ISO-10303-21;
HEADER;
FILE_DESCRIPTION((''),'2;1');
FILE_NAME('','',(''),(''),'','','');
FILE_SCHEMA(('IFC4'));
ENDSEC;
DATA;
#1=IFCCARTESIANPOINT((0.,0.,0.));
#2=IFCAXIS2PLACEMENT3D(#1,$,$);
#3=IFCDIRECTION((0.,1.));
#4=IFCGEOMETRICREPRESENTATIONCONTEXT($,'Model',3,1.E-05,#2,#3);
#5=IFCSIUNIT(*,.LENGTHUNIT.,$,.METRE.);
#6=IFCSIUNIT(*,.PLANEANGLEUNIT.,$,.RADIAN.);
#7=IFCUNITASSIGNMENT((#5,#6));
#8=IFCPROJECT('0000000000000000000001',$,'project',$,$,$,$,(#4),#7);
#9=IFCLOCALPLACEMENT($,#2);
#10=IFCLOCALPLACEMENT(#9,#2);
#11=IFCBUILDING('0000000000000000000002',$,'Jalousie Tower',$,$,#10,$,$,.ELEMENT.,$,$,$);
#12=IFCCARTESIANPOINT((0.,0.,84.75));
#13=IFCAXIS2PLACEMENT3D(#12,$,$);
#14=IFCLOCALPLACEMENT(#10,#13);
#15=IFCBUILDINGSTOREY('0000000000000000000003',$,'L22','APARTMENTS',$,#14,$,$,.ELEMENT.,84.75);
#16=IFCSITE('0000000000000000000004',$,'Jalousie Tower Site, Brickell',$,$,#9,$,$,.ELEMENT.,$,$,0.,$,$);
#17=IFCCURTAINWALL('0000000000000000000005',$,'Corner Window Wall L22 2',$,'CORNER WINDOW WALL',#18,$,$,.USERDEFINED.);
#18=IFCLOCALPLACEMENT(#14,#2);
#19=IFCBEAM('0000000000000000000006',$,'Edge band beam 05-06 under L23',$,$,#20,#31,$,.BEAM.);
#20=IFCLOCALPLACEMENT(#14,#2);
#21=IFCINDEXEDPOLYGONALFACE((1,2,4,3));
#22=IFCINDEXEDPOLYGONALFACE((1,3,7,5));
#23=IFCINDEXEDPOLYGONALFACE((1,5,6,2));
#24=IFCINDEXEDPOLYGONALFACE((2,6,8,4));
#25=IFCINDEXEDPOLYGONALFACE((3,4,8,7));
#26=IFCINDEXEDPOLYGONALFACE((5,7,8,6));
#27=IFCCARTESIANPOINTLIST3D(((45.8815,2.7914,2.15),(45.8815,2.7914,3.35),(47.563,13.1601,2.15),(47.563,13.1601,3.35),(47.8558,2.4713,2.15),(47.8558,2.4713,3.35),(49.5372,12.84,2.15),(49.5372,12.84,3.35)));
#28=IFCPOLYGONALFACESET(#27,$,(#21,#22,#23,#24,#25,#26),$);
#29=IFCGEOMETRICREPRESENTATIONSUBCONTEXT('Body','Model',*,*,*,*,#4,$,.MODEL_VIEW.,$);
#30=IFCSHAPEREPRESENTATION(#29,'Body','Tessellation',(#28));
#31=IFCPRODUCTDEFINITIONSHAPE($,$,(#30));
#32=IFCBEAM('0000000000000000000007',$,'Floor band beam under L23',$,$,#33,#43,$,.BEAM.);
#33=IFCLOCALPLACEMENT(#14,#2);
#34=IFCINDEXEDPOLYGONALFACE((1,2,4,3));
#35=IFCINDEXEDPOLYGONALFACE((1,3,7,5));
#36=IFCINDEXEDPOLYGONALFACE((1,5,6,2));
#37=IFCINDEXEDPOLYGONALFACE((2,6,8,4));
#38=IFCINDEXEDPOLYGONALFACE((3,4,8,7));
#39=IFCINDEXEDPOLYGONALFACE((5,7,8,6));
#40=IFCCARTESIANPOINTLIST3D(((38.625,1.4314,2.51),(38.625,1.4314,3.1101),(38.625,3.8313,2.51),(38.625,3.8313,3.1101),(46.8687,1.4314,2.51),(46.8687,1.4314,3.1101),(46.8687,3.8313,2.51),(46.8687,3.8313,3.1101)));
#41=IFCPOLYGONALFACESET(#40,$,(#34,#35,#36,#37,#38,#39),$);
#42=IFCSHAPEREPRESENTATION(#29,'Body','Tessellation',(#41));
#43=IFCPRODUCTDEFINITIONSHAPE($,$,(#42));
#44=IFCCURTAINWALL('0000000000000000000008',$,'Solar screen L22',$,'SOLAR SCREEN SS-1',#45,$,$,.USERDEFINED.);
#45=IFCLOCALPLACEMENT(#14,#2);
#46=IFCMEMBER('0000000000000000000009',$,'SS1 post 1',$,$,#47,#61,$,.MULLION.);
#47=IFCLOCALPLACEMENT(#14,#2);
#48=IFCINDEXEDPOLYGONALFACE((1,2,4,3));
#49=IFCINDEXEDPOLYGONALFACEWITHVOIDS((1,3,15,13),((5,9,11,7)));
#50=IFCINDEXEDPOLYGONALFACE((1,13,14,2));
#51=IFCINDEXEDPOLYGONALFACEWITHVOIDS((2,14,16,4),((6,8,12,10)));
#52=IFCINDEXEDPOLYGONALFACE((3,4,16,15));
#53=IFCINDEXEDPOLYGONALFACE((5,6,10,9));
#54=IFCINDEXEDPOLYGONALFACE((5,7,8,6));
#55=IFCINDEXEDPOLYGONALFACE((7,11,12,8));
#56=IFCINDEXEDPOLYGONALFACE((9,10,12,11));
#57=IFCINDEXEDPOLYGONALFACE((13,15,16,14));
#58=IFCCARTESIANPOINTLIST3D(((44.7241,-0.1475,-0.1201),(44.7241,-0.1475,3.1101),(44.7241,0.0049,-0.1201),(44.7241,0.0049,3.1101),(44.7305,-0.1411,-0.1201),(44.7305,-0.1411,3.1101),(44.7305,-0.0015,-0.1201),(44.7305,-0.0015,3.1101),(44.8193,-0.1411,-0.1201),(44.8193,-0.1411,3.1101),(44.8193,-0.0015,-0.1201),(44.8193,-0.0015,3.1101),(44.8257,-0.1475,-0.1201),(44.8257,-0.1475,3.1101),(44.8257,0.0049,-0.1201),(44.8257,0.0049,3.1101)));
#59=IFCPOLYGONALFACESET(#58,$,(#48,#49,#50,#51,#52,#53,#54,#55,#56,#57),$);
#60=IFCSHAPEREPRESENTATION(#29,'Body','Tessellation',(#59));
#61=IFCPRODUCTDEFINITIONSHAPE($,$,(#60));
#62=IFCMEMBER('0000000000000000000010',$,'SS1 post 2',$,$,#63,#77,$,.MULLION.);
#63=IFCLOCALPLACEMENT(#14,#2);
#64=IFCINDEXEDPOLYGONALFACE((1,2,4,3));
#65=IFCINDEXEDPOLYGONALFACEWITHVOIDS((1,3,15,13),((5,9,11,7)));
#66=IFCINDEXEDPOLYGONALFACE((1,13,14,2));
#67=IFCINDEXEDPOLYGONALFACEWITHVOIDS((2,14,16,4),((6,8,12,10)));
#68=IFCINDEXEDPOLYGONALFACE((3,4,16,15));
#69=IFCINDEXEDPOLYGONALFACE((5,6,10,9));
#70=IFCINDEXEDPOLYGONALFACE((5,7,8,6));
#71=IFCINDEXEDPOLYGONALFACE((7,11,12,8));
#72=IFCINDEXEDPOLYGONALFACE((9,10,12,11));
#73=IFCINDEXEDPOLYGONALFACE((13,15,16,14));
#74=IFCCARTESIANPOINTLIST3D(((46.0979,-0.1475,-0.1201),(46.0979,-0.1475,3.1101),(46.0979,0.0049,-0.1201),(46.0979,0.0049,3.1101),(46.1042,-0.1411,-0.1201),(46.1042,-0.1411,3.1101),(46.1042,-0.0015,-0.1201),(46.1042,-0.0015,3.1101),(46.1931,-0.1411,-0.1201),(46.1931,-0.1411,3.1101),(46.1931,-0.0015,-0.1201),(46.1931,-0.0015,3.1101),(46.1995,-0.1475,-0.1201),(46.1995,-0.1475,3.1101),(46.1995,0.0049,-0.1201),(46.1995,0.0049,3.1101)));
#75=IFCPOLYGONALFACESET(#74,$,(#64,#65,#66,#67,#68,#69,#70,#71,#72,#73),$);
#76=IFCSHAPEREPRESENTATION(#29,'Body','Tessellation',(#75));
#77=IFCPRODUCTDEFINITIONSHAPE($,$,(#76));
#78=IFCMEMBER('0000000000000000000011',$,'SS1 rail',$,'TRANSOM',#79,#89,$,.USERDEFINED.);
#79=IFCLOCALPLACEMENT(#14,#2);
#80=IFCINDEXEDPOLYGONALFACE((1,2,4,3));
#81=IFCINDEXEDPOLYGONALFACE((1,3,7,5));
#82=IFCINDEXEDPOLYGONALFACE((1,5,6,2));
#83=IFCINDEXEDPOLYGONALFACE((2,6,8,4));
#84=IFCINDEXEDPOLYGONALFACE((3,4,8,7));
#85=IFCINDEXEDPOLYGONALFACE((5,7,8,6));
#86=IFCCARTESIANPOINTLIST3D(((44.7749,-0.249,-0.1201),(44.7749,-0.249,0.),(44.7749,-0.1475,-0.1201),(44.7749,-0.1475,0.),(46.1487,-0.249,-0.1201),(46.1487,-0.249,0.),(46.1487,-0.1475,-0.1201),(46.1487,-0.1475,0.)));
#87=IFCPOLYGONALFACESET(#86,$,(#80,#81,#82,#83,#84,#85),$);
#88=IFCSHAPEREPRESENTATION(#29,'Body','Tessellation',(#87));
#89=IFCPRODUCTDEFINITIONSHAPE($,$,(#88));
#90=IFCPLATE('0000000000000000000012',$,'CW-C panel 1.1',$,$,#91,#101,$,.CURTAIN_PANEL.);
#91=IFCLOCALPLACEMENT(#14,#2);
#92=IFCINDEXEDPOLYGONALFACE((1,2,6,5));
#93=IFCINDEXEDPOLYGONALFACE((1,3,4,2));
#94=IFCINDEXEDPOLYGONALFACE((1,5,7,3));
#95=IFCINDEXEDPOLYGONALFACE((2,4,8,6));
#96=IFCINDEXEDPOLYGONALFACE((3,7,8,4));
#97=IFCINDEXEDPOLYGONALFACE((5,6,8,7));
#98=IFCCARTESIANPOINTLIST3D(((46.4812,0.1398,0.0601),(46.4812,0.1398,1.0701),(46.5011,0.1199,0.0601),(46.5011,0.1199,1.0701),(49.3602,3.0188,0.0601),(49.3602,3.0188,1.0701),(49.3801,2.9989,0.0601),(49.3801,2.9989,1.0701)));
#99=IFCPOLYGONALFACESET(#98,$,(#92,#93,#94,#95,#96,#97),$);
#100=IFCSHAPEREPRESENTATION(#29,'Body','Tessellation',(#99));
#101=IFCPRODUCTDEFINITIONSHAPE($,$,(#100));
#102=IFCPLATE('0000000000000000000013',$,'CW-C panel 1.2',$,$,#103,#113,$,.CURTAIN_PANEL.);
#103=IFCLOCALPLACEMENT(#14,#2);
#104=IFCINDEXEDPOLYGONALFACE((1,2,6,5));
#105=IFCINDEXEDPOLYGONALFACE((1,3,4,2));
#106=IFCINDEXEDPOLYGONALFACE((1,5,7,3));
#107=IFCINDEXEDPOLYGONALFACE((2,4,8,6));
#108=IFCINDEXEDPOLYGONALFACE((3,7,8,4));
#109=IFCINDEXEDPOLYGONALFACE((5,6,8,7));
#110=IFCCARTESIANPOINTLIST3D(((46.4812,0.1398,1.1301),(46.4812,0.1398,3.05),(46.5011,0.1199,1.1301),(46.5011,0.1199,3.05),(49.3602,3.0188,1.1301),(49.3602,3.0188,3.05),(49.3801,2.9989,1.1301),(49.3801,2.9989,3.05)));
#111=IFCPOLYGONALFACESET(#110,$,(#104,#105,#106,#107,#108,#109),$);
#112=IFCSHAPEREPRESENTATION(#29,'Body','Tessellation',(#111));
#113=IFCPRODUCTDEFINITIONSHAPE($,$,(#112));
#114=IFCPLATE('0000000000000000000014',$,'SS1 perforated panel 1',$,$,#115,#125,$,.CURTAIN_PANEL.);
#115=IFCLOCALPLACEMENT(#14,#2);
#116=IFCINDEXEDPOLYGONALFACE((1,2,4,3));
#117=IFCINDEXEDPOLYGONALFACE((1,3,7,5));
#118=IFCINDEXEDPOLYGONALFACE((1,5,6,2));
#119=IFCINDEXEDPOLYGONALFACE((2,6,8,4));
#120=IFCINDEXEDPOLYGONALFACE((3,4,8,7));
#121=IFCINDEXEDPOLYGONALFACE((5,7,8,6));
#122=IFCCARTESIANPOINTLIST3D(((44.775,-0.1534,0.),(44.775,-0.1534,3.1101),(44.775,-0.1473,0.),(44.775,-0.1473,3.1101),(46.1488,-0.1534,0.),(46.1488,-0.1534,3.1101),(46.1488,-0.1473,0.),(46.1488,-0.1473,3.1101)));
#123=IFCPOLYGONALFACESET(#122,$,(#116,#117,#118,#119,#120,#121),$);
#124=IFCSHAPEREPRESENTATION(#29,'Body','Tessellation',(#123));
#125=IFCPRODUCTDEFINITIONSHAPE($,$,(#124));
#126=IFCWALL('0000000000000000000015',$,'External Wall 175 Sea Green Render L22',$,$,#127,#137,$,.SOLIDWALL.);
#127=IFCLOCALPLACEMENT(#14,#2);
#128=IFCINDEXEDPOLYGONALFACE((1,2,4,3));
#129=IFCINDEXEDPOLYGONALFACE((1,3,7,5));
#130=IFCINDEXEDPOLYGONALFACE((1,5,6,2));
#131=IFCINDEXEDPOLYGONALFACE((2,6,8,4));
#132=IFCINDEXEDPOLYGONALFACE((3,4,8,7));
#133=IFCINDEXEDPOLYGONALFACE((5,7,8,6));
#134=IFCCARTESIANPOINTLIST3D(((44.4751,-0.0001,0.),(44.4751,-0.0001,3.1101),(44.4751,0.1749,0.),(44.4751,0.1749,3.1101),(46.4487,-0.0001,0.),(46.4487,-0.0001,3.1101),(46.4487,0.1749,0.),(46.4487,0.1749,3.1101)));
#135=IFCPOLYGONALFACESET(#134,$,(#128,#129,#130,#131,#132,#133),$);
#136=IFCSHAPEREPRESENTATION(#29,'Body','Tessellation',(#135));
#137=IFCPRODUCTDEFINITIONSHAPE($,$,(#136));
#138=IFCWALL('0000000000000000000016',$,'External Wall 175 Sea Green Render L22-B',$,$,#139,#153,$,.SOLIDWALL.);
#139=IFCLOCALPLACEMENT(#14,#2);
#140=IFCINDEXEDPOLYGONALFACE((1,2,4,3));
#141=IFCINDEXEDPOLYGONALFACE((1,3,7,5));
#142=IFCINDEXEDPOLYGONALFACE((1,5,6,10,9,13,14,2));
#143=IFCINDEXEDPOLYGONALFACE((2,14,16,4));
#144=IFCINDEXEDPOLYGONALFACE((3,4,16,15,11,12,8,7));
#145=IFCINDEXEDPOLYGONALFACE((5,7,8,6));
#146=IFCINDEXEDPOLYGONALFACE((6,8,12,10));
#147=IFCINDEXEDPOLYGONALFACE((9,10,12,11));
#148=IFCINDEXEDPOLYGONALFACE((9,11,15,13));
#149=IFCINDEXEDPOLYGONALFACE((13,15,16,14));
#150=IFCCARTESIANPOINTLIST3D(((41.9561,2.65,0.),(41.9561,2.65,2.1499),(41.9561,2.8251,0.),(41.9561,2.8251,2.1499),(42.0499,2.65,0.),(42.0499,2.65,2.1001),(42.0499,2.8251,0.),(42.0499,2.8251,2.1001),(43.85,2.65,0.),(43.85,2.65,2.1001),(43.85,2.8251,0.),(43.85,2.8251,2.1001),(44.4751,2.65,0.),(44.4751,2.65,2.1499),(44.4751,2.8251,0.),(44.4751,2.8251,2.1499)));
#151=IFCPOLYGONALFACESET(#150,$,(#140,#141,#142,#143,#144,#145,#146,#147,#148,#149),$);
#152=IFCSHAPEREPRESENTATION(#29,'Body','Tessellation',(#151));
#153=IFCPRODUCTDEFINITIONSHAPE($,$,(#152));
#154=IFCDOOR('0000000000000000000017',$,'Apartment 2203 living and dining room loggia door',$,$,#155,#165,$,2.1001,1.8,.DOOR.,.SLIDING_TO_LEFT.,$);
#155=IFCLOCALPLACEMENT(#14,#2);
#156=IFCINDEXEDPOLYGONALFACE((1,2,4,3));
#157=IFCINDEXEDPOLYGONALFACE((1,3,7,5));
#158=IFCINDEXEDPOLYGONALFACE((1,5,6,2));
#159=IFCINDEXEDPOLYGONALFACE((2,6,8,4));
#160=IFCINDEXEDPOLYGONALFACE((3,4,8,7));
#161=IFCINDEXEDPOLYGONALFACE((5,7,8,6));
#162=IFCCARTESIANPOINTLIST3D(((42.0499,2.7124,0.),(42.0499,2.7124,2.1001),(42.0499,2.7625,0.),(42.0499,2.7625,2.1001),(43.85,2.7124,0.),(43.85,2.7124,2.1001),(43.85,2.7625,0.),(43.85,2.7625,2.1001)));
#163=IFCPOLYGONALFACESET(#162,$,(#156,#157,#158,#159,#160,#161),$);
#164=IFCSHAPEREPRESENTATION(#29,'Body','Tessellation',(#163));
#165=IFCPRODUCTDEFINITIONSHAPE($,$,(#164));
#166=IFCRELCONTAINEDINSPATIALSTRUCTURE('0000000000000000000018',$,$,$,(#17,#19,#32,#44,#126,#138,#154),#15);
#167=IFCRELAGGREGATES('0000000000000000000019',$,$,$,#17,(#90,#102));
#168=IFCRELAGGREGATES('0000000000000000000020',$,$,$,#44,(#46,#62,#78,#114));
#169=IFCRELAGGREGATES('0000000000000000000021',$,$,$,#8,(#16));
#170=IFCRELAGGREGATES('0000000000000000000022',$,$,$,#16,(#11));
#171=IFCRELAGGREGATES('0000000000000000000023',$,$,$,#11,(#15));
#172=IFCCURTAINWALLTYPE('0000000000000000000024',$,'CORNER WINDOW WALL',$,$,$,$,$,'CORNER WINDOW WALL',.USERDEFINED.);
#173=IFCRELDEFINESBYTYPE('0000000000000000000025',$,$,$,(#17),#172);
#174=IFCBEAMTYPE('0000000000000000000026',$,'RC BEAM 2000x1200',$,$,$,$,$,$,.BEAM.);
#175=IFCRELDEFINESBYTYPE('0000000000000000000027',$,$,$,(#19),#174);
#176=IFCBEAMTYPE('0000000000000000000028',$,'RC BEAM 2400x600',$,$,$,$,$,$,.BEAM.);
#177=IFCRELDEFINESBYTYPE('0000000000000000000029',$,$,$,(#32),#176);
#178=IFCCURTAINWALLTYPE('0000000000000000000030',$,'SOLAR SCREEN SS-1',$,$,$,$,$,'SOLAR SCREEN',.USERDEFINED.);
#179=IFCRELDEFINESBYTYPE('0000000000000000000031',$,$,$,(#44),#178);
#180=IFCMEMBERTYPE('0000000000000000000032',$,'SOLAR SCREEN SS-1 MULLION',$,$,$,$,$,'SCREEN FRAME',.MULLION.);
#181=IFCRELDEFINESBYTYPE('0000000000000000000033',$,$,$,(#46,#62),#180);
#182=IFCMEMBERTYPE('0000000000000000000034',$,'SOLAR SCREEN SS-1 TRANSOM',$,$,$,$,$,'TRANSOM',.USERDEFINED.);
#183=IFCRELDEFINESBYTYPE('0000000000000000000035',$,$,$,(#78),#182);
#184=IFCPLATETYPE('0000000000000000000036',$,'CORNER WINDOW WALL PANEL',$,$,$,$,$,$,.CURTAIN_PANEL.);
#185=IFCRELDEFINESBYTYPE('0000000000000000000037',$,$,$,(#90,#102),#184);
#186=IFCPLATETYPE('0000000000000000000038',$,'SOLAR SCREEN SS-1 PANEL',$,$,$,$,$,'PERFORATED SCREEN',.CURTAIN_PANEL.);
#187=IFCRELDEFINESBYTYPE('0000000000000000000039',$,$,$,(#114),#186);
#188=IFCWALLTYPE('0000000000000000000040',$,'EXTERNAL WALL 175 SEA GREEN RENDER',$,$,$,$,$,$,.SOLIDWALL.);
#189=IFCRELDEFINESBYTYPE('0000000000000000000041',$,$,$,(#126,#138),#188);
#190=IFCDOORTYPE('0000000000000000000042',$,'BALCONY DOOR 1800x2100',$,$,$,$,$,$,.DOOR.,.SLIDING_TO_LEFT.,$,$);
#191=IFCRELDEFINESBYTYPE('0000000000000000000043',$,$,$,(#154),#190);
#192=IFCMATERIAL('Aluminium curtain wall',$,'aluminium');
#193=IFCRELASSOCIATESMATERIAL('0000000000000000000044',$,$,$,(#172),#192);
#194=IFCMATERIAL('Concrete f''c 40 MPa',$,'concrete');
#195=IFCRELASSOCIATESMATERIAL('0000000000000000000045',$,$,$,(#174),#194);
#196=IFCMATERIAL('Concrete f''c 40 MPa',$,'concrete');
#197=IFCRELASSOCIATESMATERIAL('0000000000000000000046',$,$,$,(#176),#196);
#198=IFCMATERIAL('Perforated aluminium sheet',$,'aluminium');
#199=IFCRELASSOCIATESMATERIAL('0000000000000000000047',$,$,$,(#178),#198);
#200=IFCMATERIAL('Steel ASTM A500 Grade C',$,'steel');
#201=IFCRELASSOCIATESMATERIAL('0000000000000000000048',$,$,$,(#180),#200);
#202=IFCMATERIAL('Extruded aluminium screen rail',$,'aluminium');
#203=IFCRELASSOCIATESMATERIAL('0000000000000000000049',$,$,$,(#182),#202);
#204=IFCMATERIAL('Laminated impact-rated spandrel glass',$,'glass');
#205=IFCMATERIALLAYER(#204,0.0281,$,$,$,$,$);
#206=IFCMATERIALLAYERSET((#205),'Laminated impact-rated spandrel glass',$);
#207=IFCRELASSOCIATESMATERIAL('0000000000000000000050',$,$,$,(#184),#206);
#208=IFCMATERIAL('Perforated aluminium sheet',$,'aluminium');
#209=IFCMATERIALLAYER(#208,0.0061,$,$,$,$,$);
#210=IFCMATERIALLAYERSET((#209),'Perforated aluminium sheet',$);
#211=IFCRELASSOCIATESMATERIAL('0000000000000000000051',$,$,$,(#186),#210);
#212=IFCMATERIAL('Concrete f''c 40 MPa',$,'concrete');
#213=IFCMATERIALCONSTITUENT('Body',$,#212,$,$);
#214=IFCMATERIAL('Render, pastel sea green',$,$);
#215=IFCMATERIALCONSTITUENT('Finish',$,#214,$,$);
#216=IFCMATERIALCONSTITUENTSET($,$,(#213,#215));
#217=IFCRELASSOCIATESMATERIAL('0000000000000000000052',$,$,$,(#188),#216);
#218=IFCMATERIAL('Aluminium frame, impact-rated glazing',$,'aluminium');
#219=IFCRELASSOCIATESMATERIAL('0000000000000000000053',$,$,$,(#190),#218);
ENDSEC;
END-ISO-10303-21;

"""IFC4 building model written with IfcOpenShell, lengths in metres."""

from ifc_helpers import new_model, si_unit, direction, frame, frame_2d, origin, origin_2d, place, context, subcontext, project, spatial, rectangle, hollow_rectangle, extrude, material, layer, layer_set, constituent, constituent_set, material_profile, profile_set, type_object, element, fill, aggregate, save


model = new_model("IFC4")

# Units and contexts
model_context = context("Model", 3, precision=1e-05, world=origin(), true_north=direction((0.0, 1.0)))
body_context = subcontext(model_context, "Body", "Model", "MODEL_VIEW")
ifc_project = project(units=[si_unit("LENGTHUNIT", "METRE"), si_unit("PLANEANGLEUNIT", "RADIAN")], contexts=[model_context])

# Site, building, storey
site_placement = place(None, origin())
site = spatial("IfcSite", under=ifc_project, at=site_placement, Name="Jalousie Tower Site, Brickell", CompositionType="ELEMENT", RefElevation=0.0)
building_placement = place(site_placement, origin())
building = spatial("IfcBuilding", under=site, at=building_placement, Name="Jalousie Tower", CompositionType="ELEMENT")
storey_placement = place(building_placement, frame((0.0, 0.0, 84.75)))
storey = spatial("IfcBuildingStorey", under=building, at=storey_placement, Name="L22", Description="APARTMENTS", CompositionType="ELEMENT", Elevation=84.75)

# Curtain wall
ifc_material_1 = material(Name="Aluminium curtain wall", Category="aluminium")
curtain_wall_type_1 = type_object("IfcCurtainWallType", Name="CORNER WINDOW WALL", ElementType="CORNER WINDOW WALL", PredefinedType="USERDEFINED", material=ifc_material_1)
curtain_wall_1_placement = place(storey_placement, origin())
curtain_wall_1 = element("IfcCurtainWall", 1, at=curtain_wall_1_placement, inside=storey, type_object=curtain_wall_type_1, Name="Corner Window Wall L22 2", ObjectType="CORNER WINDOW WALL", PredefinedType="USERDEFINED")

# Beams
ifc_material_2 = material(Name="Concrete f'c 40 MPa", Category="concrete")
ifc_material_profile_1 = material_profile(ifc_material_2, rectangle(XDim=2.0, YDim=1.2, at=origin_2d()), Name="RC 2000x1200")
ifc_profile_set_1 = profile_set([ifc_material_profile_1], Name="Concrete f'c 40 MPa")
beam_type_1 = type_object("IfcBeamType", Name="RC BEAM 2000x1200", PredefinedType="BEAM", material=ifc_profile_set_1)
beam_1_placement = place(storey_placement, frame((46.8687, 2.6313, 2.75), z_axis=(0.160071, 0.987106, 0.0), x_axis=(-0.987106, 0.160071, 0.0)))
element("IfcBeam", 2, at=beam_1_placement, inside=storey, type_object=beam_type_1, Name="Edge band beam 05-06 under L23", PredefinedType="BEAM", context=body_context, shape_type="SweptSolid", body=[
    extrude(rectangle(XDim=2.0, YDim=1.2, at=origin_2d()), origin(), (0.0, 0.0, 1.0), 10.5042),
])
ifc_material_3 = material(Name="Concrete f'c 40 MPa", Category="concrete")
ifc_material_profile_2 = material_profile(ifc_material_3, rectangle(XDim=2.3999, YDim=0.6001, at=origin_2d()), Name="RC 2400x600")
ifc_profile_set_2 = profile_set([ifc_material_profile_2], Name="Concrete f'c 40 MPa")
beam_type_2 = type_object("IfcBeamType", Name="RC BEAM 2400x600", PredefinedType="BEAM", material=ifc_profile_set_2)
beam_2_placement = place(storey_placement, frame((46.8687, 2.6313, 2.8101), z_axis=(-1.0, 0.0, 0.0), x_axis=(0.0, -1.0, 0.0)))
element("IfcBeam", 3, at=beam_2_placement, inside=storey, type_object=beam_type_2, Name="Floor band beam under L23", PredefinedType="BEAM", context=body_context, shape_type="SweptSolid", body=[
    extrude(rectangle(XDim=2.3999, YDim=0.6001, at=origin_2d()), origin(), (0.0, 0.0, 1.0), 8.2437),
])

# Curtain wall, members
ifc_material_4 = material(Name="Perforated aluminium sheet", Category="aluminium")
curtain_wall_type_2 = type_object("IfcCurtainWallType", Name="SOLAR SCREEN SS-1", ElementType="SOLAR SCREEN", PredefinedType="USERDEFINED", material=ifc_material_4)
curtain_wall_2_placement = place(storey_placement, origin())
curtain_wall_2 = element("IfcCurtainWall", 4, at=curtain_wall_2_placement, inside=storey, type_object=curtain_wall_type_2, Name="Solar screen L22", ObjectType="SOLAR SCREEN SS-1", PredefinedType="USERDEFINED")
ifc_material_5 = material(Name="Steel ASTM A500 Grade C", Category="steel")
ifc_material_profile_3 = material_profile(ifc_material_5, hollow_rectangle(XDim=0.1016, YDim=0.1523, WallThickness=0.0063, at=origin_2d()), Name="HSS6X4X1/4")
ifc_profile_set_3 = profile_set([ifc_material_profile_3], Name="Steel ASTM A500 Grade C")
member_type_1 = type_object("IfcMemberType", Name="SOLAR SCREEN SS-1 MULLION", ElementType="SCREEN FRAME", PredefinedType="MULLION", material=ifc_profile_set_3)
member_1_placement = place(storey_placement, frame((44.7749, -0.0713, -0.1201), z_axis=(0.0, 0.0, 1.0), x_axis=(1.0, 0.0, 0.0)))
member_1 = element("IfcMember", 5, at=member_1_placement, type_object=member_type_1, Name="SS1 post 1", PredefinedType="MULLION", context=body_context, shape_type="SweptSolid", body=[
    extrude(hollow_rectangle(XDim=0.1016, YDim=0.1523, WallThickness=0.0063, at=origin_2d()), origin(), (0.0, 0.0, 1.0), 3.2302),
])
member_2_placement = place(storey_placement, frame((46.1487, -0.0713, -0.1201), z_axis=(0.0, 0.0, 1.0), x_axis=(1.0, 0.0, 0.0)))
member_2 = element("IfcMember", 6, at=member_2_placement, type_object=member_type_1, Name="SS1 post 2", PredefinedType="MULLION", context=body_context, shape_type="SweptSolid", body=[
    extrude(hollow_rectangle(XDim=0.1016, YDim=0.1523, WallThickness=0.0063, at=origin_2d()), origin(), (0.0, 0.0, 1.0), 3.2302),
])
ifc_material_6 = material(Name="Extruded aluminium screen rail", Category="aluminium")
ifc_material_profile_4 = material_profile(ifc_material_6, rectangle(XDim=0.1016, YDim=0.1201, at=origin_2d()), Name="RAIL 102x120")
ifc_profile_set_4 = profile_set([ifc_material_profile_4], Name="Extruded aluminium screen rail")
member_type_2 = type_object("IfcMemberType", Name="SOLAR SCREEN SS-1 TRANSOM", ElementType="TRANSOM", PredefinedType="USERDEFINED", material=ifc_profile_set_4)
member_3_placement = place(storey_placement, frame((44.7749, -0.1982, -0.0601), z_axis=(1.0, 0.0, 0.0), x_axis=(0.0, 1.0, 0.0)))
member_3 = element("IfcMember", 7, at=member_3_placement, type_object=member_type_2, Name="SS1 rail", ObjectType="TRANSOM", PredefinedType="USERDEFINED", context=body_context, shape_type="SweptSolid", body=[
    extrude(rectangle(XDim=0.1016, YDim=0.1201, at=origin_2d()), origin(), (0.0, 0.0, 1.0), 1.3738),
])

# Plates
ifc_material_7 = material(Name="Laminated impact-rated spandrel glass", Category="glass")
ifc_layer_1 = layer(ifc_material_7, 0.0281)
ifc_layer_set_1 = layer_set([ifc_layer_1], Name="Laminated impact-rated spandrel glass")
plate_type_1 = type_object("IfcPlateType", Name="CORNER WINDOW WALL PANEL", PredefinedType="CURTAIN_PANEL", material=ifc_layer_set_1)
plate_1_placement = place(storey_placement, frame((47.9307, 1.5693, 0.0601), z_axis=(0.0, 0.0, 1.0), x_axis=(0.707107, 0.707107, 0.0)))
plate_1 = element("IfcPlate", 8, at=plate_1_placement, type_object=plate_type_1, Name="CW-C panel 1.1", PredefinedType="CURTAIN_PANEL", context=body_context, shape_type="SweptSolid", body=[
    extrude(rectangle(XDim=4.0715, YDim=0.0281, at=origin_2d()), origin(), (0.0, 0.0, 1.0), 1.01),
])
plate_2_placement = place(storey_placement, frame((47.9307, 1.5693, 1.1301), z_axis=(0.0, 0.0, 1.0), x_axis=(0.707107, 0.707107, 0.0)))
plate_2 = element("IfcPlate", 9, at=plate_2_placement, type_object=plate_type_1, Name="CW-C panel 1.2", PredefinedType="CURTAIN_PANEL", context=body_context, shape_type="SweptSolid", body=[
    extrude(rectangle(XDim=4.0715, YDim=0.0281, at=origin_2d()), origin(), (0.0, 0.0, 1.0), 1.9199),
])
aggregate(curtain_wall_1, [plate_1, plate_2])
ifc_material_8 = material(Name="Perforated aluminium sheet", Category="aluminium")
ifc_layer_2 = layer(ifc_material_8, 0.0061)
ifc_layer_set_2 = layer_set([ifc_layer_2], Name="Perforated aluminium sheet")
plate_type_2 = type_object("IfcPlateType", Name="SOLAR SCREEN SS-1 PANEL", ElementType="PERFORATED SCREEN", PredefinedType="CURTAIN_PANEL", material=ifc_layer_set_2)
plate_3_placement = place(storey_placement, frame((45.4619, -0.1504, 0.0), z_axis=(0.0, 0.0, 1.0), x_axis=(1.0, 0.0, 0.0)))
plate_3 = element("IfcPlate", 10, at=plate_3_placement, type_object=plate_type_2, Name="SS1 perforated panel 1", PredefinedType="CURTAIN_PANEL", context=body_context, shape_type="SweptSolid", body=[
    extrude(rectangle(XDim=1.3738, YDim=0.0061, at=origin_2d()), origin(), (0.0, 0.0, 1.0), 3.1101),
])
aggregate(curtain_wall_2, [member_1, member_2, member_3, plate_3])

# Wall
ifc_material_9 = material(Name="Concrete f'c 40 MPa", Category="concrete")
ifc_constituent_1 = constituent(ifc_material_9, Name="Body")
ifc_material_10 = material(Name="Render, pastel sea green")
ifc_constituent_2 = constituent(ifc_material_10, Name="Finish")
ifc_constituent_set = constituent_set(constituents=[ifc_constituent_1, ifc_constituent_2])
wall_type = type_object("IfcWallType", Name="EXTERNAL WALL 175 SEA GREEN RENDER", PredefinedType="SOLIDWALL", material=ifc_constituent_set)
wall_1_placement = place(storey_placement, frame((44.4751, 0.0874, 0.0), z_axis=(0.0, 0.0, 1.0), x_axis=(1.0, 0.0, 0.0)))
element("IfcWall", 11, at=wall_1_placement, inside=storey, type_object=wall_type, Name="External Wall 175 Sea Green Render L22", PredefinedType="SOLIDWALL", context=body_context, shape_type="SweptSolid", body=[
    extrude(rectangle(XDim=1.9736, YDim=0.175, at=frame_2d((0.9868, 0.0))), origin(), (0.0, 0.0, 1.0), 3.1101),
])

# Wall, opening, door
wall_2_placement = place(storey_placement, frame((41.9561, 2.7375, 0.0), z_axis=(0.0, 0.0, 1.0), x_axis=(1.0, 0.0, 0.0)))
wall_2 = element("IfcWall", 12, at=wall_2_placement, inside=storey, type_object=wall_type, Name="External Wall 175 Sea Green Render L22-B", PredefinedType="SOLIDWALL", context=body_context, shape_type="SweptSolid", body=[
    extrude(rectangle(XDim=2.519, YDim=0.175, at=frame_2d((1.2595, 0.0))), origin(), (0.0, 0.0, 1.0), 2.1499),
])
opening_1_placement = place(wall_2_placement, frame((0.094, 0.0, 0.0)))
opening_1 = element("IfcOpeningElement", 13, at=opening_1_placement, cuts=wall_2, PredefinedType="OPENING", context=body_context, shape_type="SweptSolid", body=[
    extrude(rectangle(XDim=1.8, YDim=2.1001, at=frame_2d((0.8999, 1.05))), frame((0.0, 0.0974, 0.0), z_axis=(0.0, -1.0, 0.0), x_axis=(1.0, 0.0, 0.0)), (0.0, 0.0, 1.0), 0.1951),
])
ifc_material_11 = material(Name="Aluminium frame, impact-rated glazing", Category="aluminium")
door_type = type_object("IfcDoorType", Name="BALCONY DOOR 1800x2100", OperationType="SLIDING_TO_LEFT", PredefinedType="DOOR", material=ifc_material_11)
door_placement = place(opening_1_placement, origin())
door = element("IfcDoor", 14, at=door_placement, inside=storey, type_object=door_type, Name="Apartment 2203 living and dining room loggia door", OperationType="SLIDING_TO_LEFT", OverallHeight=2.1001, OverallWidth=1.8, PredefinedType="DOOR", context=body_context, shape_type="SweptSolid", body=[
    extrude(rectangle(XDim=1.8, YDim=2.1001, at=frame_2d((0.8999, 1.05))), frame((0.0, 0.0249, 0.0), z_axis=(0.0, -1.0, 0.0), x_axis=(1.0, 0.0, 0.0)), (0.0, 0.0, 1.0), 0.05),
])
fill(opening_1, door)

save(model, "model.ifc")
